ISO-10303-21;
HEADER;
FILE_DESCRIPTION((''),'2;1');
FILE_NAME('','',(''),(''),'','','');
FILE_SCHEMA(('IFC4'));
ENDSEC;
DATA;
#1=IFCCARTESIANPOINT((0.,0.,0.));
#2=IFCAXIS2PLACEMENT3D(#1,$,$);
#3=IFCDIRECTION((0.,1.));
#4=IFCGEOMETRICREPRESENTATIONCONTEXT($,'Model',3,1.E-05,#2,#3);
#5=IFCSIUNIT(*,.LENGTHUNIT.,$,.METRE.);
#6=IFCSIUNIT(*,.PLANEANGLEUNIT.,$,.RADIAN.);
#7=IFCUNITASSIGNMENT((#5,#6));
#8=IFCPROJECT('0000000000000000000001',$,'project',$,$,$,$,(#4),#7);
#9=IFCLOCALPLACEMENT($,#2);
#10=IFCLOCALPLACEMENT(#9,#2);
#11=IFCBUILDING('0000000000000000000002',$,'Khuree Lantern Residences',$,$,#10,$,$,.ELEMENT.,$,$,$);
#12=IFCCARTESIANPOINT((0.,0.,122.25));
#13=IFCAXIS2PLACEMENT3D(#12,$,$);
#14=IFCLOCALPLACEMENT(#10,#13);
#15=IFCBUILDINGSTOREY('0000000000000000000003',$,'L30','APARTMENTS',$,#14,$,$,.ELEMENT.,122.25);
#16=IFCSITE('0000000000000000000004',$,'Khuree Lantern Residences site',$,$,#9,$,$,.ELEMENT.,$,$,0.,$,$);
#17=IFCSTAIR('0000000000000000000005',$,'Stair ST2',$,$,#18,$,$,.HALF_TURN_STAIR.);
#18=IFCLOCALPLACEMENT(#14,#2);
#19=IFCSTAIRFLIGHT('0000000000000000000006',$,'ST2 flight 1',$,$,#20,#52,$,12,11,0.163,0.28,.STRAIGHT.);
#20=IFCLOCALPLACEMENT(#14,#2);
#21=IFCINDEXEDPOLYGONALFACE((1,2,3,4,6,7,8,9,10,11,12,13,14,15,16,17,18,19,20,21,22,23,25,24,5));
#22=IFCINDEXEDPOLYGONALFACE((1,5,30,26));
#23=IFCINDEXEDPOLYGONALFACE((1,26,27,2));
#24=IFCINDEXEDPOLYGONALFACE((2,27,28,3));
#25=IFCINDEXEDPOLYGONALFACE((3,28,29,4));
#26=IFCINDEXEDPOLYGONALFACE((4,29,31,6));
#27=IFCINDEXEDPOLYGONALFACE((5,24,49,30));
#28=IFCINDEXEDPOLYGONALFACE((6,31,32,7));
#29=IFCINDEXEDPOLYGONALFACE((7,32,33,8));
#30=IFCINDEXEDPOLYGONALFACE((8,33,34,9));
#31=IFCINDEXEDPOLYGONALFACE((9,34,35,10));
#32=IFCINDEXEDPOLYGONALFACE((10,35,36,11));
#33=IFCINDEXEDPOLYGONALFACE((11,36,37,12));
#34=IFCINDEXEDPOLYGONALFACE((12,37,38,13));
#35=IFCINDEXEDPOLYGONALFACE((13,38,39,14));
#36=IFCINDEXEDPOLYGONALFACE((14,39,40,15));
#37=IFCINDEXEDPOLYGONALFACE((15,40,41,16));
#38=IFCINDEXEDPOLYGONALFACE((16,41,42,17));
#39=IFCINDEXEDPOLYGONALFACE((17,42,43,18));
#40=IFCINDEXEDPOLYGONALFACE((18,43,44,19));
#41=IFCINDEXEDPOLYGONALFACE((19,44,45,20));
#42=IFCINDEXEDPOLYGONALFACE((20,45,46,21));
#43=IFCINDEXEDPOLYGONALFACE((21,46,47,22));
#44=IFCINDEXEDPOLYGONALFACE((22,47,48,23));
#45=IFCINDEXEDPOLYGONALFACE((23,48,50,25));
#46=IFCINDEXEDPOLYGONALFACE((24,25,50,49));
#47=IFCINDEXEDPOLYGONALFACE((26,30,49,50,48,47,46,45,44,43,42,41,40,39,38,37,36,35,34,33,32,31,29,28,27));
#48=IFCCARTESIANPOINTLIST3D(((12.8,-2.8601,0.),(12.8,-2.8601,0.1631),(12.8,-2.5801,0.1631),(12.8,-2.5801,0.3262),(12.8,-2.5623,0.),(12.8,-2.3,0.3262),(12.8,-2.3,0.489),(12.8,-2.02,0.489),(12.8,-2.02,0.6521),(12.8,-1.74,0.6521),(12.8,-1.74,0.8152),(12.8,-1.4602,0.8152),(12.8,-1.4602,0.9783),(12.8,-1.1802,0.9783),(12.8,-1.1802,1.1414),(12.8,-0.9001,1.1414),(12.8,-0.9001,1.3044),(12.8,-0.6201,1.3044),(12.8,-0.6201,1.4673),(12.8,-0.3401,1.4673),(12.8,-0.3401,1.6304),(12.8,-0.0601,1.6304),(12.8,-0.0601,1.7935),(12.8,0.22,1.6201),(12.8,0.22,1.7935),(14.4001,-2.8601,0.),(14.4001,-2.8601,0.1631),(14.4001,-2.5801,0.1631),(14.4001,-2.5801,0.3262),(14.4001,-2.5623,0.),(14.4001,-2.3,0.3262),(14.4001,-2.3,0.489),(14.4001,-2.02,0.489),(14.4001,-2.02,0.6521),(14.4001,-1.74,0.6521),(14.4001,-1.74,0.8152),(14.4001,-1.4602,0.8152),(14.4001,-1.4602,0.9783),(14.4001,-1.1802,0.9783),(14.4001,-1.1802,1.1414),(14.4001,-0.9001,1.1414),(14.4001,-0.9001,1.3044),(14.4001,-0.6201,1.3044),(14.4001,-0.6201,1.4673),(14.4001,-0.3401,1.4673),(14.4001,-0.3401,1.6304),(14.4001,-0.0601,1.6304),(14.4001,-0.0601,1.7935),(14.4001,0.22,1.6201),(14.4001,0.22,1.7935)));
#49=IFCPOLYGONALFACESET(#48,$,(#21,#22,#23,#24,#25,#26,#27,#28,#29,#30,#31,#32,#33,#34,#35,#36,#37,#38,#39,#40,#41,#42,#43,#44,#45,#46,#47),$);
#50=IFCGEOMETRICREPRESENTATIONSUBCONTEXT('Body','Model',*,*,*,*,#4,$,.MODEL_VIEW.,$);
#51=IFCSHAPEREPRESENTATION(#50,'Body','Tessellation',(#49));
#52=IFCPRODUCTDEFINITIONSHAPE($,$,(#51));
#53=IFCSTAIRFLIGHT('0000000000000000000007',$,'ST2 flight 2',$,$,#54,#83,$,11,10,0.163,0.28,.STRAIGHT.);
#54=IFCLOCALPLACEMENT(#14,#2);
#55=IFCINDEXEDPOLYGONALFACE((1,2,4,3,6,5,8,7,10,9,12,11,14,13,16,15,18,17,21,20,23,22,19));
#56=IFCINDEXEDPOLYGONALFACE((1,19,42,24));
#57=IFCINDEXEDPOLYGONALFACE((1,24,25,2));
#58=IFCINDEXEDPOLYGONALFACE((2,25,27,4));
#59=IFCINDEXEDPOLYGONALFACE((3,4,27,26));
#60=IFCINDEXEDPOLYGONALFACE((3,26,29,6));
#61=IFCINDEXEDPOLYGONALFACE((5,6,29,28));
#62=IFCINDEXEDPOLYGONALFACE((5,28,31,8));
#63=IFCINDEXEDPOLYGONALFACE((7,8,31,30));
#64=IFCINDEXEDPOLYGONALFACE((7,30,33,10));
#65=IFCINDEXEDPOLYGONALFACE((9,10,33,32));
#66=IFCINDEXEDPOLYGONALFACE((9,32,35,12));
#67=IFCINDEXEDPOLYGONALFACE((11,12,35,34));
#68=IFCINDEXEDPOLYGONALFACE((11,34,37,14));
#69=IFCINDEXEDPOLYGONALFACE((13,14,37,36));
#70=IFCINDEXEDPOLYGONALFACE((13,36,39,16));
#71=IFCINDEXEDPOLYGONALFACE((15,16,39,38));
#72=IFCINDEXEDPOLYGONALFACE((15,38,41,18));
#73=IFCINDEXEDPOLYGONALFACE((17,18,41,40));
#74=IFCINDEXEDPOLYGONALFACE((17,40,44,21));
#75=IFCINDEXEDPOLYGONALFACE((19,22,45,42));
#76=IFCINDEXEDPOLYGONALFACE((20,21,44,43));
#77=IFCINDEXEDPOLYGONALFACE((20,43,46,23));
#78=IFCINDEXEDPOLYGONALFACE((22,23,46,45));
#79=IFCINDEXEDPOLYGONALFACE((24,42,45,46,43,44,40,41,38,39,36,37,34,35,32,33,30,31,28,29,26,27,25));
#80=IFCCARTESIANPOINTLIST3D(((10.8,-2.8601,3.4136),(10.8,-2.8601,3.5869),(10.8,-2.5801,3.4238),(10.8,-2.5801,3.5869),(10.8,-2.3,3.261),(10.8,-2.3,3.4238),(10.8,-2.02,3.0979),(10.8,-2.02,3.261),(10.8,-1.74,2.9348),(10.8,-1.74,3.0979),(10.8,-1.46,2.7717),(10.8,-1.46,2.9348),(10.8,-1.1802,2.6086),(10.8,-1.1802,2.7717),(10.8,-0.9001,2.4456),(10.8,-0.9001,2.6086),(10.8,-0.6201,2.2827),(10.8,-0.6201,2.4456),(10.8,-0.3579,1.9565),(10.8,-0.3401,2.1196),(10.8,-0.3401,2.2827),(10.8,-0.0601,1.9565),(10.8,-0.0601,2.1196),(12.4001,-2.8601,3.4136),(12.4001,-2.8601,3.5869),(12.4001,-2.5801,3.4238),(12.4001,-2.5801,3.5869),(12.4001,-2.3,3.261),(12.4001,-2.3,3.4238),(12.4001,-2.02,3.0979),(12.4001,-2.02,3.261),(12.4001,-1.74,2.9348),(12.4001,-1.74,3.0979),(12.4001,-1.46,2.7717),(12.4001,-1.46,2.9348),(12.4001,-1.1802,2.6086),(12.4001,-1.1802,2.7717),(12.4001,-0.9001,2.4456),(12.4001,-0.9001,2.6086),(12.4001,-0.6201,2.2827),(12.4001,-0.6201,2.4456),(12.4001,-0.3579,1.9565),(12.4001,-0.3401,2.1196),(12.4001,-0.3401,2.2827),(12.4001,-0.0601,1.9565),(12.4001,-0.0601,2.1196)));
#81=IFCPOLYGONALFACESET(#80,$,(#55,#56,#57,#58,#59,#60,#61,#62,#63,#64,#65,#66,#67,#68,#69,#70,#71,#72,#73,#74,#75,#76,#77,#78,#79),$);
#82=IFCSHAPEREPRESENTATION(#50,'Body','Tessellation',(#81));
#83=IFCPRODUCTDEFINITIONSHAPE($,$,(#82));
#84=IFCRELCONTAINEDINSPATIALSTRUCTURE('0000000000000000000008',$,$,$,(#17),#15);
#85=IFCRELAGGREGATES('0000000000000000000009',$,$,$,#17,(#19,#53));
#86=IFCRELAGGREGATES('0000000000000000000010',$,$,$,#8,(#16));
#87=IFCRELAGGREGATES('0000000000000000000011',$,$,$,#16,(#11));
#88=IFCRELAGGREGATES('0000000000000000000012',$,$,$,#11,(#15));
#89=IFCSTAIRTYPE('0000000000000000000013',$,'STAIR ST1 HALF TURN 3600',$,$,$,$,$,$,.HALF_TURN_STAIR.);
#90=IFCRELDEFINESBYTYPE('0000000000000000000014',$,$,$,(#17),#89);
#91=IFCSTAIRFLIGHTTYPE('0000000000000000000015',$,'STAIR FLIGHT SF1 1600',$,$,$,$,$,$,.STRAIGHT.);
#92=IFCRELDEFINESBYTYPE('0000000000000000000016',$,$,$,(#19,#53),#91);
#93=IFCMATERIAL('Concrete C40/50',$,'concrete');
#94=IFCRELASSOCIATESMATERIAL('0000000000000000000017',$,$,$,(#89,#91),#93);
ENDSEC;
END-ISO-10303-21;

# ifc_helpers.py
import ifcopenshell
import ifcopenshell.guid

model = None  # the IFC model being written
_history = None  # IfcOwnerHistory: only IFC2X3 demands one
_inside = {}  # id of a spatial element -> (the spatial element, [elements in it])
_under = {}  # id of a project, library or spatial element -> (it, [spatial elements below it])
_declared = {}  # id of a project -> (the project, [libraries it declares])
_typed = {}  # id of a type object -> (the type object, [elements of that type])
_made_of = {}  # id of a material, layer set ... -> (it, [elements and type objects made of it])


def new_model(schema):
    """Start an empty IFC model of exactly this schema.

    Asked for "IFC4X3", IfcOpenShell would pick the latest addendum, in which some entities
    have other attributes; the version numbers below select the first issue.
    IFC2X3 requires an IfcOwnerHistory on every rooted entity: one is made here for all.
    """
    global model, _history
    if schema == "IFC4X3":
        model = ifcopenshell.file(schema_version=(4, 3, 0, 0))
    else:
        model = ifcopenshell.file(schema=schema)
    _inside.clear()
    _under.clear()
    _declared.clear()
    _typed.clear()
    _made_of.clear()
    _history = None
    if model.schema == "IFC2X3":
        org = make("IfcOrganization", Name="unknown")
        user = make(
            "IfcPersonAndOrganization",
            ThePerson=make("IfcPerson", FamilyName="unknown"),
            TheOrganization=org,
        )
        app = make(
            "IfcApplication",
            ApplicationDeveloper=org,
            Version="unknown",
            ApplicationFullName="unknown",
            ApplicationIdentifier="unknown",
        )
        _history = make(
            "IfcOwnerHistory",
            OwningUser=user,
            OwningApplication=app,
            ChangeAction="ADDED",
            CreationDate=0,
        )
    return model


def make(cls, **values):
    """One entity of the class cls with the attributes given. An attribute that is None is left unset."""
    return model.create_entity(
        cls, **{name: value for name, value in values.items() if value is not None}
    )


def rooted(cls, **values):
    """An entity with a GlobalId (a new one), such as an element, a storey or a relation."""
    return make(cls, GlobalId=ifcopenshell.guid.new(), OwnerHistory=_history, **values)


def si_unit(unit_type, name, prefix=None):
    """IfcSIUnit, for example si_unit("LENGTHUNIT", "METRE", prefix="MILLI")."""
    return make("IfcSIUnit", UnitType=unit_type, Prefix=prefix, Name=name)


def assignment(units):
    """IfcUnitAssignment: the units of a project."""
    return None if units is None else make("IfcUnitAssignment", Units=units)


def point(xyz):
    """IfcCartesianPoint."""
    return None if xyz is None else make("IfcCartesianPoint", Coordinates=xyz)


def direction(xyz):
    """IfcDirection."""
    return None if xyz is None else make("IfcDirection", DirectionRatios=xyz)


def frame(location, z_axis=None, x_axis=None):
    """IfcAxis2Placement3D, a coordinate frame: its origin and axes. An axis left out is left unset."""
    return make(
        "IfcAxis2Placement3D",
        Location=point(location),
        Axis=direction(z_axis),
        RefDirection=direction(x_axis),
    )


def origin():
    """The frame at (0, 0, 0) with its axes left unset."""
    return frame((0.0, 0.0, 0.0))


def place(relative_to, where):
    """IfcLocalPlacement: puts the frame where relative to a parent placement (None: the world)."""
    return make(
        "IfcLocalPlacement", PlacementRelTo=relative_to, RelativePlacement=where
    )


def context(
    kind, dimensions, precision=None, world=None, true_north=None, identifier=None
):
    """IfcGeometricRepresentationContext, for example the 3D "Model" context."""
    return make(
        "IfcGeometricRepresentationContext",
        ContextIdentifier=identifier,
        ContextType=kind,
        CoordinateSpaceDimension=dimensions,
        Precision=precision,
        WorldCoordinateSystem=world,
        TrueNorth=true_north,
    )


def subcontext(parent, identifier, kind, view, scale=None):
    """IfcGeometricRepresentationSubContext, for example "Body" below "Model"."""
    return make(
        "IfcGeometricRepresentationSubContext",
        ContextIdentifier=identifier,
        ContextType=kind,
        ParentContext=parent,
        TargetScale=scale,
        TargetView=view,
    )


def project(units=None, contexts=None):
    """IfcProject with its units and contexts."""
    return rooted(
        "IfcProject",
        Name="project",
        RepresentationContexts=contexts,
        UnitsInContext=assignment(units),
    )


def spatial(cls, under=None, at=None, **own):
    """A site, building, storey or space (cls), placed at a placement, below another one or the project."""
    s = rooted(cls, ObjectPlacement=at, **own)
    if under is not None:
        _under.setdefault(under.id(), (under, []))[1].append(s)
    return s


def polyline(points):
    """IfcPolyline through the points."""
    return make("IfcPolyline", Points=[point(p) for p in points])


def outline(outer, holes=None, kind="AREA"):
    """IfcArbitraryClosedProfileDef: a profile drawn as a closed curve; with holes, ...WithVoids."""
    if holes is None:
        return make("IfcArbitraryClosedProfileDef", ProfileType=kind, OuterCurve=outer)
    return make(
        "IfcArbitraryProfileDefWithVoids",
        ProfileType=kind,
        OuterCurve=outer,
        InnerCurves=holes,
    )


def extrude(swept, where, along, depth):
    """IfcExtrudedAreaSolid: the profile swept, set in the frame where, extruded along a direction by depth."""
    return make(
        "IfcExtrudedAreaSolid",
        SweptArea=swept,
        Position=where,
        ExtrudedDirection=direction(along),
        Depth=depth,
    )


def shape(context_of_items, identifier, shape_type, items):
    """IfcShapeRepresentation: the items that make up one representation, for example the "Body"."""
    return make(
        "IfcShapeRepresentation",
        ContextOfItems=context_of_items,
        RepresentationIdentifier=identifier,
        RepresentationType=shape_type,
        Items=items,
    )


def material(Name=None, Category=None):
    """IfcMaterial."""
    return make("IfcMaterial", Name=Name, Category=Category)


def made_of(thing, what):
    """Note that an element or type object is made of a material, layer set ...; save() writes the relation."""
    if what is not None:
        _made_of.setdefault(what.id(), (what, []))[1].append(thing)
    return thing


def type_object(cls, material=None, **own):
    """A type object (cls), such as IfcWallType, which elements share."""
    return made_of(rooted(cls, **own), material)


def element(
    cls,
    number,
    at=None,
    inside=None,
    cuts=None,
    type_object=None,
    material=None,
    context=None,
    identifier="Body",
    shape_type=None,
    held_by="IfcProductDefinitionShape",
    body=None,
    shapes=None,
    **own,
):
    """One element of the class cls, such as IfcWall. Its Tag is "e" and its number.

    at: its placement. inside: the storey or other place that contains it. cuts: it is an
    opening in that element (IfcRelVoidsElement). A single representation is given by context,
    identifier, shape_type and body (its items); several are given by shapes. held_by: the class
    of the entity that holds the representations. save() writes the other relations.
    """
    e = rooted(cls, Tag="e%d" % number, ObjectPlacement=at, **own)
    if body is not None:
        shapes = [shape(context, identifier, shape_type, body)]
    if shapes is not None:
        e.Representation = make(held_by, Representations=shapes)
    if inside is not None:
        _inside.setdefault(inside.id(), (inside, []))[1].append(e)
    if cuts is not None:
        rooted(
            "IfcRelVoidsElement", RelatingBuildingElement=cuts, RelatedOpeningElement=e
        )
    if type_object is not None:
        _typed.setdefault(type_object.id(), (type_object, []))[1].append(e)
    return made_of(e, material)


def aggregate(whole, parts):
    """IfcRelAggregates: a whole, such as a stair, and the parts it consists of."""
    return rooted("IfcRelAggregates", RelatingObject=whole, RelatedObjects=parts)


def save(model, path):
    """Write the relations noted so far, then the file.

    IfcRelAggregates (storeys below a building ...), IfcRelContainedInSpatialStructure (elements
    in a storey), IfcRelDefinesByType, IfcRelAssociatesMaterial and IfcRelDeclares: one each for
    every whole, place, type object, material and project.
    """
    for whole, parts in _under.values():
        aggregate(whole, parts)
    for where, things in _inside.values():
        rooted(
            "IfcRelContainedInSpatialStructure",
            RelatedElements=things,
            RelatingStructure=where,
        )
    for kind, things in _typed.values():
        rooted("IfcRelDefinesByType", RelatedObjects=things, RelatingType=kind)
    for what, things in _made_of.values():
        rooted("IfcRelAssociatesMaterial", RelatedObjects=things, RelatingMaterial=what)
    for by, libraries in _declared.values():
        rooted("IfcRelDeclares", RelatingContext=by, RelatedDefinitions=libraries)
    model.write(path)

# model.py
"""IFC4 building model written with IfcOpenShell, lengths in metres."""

from ifc_helpers import new_model, si_unit, direction, frame, origin, place, context, subcontext, project, spatial, polyline, outline, extrude, material, type_object, element, aggregate, save


model = new_model("IFC4")

# Units and contexts
model_context = context("Model", 3, precision=1e-05, world=origin(), true_north=direction((0.0, 1.0)))
body_context = subcontext(model_context, "Body", "Model", "MODEL_VIEW")
ifc_project = project(units=[si_unit("LENGTHUNIT", "METRE"), si_unit("PLANEANGLEUNIT", "RADIAN")], contexts=[model_context])

# Site, building, storey
site_placement = place(None, origin())
site = spatial("IfcSite", under=ifc_project, at=site_placement, Name="Khuree Lantern Residences site", CompositionType="ELEMENT", RefElevation=0.0)
building_placement = place(site_placement, origin())
building = spatial("IfcBuilding", under=site, at=building_placement, Name="Khuree Lantern Residences", CompositionType="ELEMENT")
storey_placement = place(building_placement, frame((0.0, 0.0, 122.25)))
storey = spatial("IfcBuildingStorey", under=building, at=storey_placement, Name="L30", Description="APARTMENTS", CompositionType="ELEMENT", Elevation=122.25)

# Stair
ifc_material_1 = material(Name="Concrete C40/50", Category="concrete")
stair_type = type_object("IfcStairType", Name="STAIR ST1 HALF TURN 3600", PredefinedType="HALF_TURN_STAIR", material=ifc_material_1)
stair_1_placement = place(storey_placement, origin())
stair_1 = element("IfcStair", 1, at=stair_1_placement, inside=storey, type_object=stair_type, Name="Stair ST2", PredefinedType="HALF_TURN_STAIR")

# Stair flights
stair_flight_type = type_object("IfcStairFlightType", Name="STAIR FLIGHT SF1 1600", PredefinedType="STRAIGHT", material=ifc_material_1)
stair_flight_1_placement = place(storey_placement, frame((13.6001, -2.8601, 0.0), z_axis=(0.0, 0.0, 1.0), x_axis=(0.0, 1.0, 0.0)))
stair_flight_1 = element("IfcStairFlight", 2, at=stair_flight_1_placement, type_object=stair_flight_type, Name="ST2 flight 1", NumberOfRisers=12, NumberOfTreads=11, PredefinedType="STRAIGHT", RiserHeight=0.163, TreadLength=0.28, context=body_context, shape_type="SweptSolid", body=[
    extrude(outline(polyline([(0.0, 0.0), (0.0, 0.1631), (0.28, 0.1631), (0.28, 0.3262), (0.5601, 0.3262), (0.5601, 0.489), (0.8401, 0.489), (0.8401, 0.6521), (1.1201, 0.6521), (1.1201, 0.8152), (1.3999, 0.8152), (1.3999, 0.9783), (1.6799, 0.9783), (1.6799, 1.1414), (1.96, 1.1414), (1.96, 1.3044), (2.24, 1.3044), (2.24, 1.4673), (2.52, 1.4673), (2.52, 1.6304), (2.8, 1.6304), (2.8, 1.7935), (3.0801, 1.7935), (3.0801, 1.9565), (3.0801, 1.6201), (0.2979, 0.0), (0.0, 0.0)])), frame((0.0, 0.8, 0.0), z_axis=(0.0, -1.0, 0.0), x_axis=(1.0, 0.0, 0.0)), (0.0, 0.0, 1.0), 1.6001),
])
stair_flight_2_placement = place(storey_placement, frame((11.6001, -0.0601, 1.9565), z_axis=(0.0, 0.0, 1.0), x_axis=(0.0, -1.0, 0.0)))
stair_flight_2 = element("IfcStairFlight", 3, at=stair_flight_2_placement, type_object=stair_flight_type, Name="ST2 flight 2", NumberOfRisers=11, NumberOfTreads=10, PredefinedType="STRAIGHT", RiserHeight=0.163, TreadLength=0.28, context=body_context, shape_type="SweptSolid", body=[
    extrude(outline(polyline([(0.0, 0.0), (0.0, 0.1631), (0.28, 0.1631), (0.28, 0.3262), (0.5601, 0.3262), (0.5601, 0.489), (0.8401, 0.489), (0.8401, 0.6521), (1.1201, 0.6521), (1.1201, 0.8152), (1.3999, 0.8152), (1.3999, 0.9783), (1.6799, 0.9783), (1.6799, 1.1414), (1.96, 1.1414), (1.96, 1.3044), (2.24, 1.3044), (2.24, 1.4673), (2.52, 1.4673), (2.52, 1.6304), (2.8, 1.6304), (2.8, 1.7935), (2.8, 1.457), (0.2979, 0.0), (0.0, 0.0)])), frame((0.0, 0.8, 0.0), z_axis=(0.0, -1.0, 0.0), x_axis=(1.0, 0.0, 0.0)), (0.0, 0.0, 1.0), 1.6001),
])
aggregate(stair_1, [stair_flight_1, stair_flight_2])

save(model, "model.ifc")
